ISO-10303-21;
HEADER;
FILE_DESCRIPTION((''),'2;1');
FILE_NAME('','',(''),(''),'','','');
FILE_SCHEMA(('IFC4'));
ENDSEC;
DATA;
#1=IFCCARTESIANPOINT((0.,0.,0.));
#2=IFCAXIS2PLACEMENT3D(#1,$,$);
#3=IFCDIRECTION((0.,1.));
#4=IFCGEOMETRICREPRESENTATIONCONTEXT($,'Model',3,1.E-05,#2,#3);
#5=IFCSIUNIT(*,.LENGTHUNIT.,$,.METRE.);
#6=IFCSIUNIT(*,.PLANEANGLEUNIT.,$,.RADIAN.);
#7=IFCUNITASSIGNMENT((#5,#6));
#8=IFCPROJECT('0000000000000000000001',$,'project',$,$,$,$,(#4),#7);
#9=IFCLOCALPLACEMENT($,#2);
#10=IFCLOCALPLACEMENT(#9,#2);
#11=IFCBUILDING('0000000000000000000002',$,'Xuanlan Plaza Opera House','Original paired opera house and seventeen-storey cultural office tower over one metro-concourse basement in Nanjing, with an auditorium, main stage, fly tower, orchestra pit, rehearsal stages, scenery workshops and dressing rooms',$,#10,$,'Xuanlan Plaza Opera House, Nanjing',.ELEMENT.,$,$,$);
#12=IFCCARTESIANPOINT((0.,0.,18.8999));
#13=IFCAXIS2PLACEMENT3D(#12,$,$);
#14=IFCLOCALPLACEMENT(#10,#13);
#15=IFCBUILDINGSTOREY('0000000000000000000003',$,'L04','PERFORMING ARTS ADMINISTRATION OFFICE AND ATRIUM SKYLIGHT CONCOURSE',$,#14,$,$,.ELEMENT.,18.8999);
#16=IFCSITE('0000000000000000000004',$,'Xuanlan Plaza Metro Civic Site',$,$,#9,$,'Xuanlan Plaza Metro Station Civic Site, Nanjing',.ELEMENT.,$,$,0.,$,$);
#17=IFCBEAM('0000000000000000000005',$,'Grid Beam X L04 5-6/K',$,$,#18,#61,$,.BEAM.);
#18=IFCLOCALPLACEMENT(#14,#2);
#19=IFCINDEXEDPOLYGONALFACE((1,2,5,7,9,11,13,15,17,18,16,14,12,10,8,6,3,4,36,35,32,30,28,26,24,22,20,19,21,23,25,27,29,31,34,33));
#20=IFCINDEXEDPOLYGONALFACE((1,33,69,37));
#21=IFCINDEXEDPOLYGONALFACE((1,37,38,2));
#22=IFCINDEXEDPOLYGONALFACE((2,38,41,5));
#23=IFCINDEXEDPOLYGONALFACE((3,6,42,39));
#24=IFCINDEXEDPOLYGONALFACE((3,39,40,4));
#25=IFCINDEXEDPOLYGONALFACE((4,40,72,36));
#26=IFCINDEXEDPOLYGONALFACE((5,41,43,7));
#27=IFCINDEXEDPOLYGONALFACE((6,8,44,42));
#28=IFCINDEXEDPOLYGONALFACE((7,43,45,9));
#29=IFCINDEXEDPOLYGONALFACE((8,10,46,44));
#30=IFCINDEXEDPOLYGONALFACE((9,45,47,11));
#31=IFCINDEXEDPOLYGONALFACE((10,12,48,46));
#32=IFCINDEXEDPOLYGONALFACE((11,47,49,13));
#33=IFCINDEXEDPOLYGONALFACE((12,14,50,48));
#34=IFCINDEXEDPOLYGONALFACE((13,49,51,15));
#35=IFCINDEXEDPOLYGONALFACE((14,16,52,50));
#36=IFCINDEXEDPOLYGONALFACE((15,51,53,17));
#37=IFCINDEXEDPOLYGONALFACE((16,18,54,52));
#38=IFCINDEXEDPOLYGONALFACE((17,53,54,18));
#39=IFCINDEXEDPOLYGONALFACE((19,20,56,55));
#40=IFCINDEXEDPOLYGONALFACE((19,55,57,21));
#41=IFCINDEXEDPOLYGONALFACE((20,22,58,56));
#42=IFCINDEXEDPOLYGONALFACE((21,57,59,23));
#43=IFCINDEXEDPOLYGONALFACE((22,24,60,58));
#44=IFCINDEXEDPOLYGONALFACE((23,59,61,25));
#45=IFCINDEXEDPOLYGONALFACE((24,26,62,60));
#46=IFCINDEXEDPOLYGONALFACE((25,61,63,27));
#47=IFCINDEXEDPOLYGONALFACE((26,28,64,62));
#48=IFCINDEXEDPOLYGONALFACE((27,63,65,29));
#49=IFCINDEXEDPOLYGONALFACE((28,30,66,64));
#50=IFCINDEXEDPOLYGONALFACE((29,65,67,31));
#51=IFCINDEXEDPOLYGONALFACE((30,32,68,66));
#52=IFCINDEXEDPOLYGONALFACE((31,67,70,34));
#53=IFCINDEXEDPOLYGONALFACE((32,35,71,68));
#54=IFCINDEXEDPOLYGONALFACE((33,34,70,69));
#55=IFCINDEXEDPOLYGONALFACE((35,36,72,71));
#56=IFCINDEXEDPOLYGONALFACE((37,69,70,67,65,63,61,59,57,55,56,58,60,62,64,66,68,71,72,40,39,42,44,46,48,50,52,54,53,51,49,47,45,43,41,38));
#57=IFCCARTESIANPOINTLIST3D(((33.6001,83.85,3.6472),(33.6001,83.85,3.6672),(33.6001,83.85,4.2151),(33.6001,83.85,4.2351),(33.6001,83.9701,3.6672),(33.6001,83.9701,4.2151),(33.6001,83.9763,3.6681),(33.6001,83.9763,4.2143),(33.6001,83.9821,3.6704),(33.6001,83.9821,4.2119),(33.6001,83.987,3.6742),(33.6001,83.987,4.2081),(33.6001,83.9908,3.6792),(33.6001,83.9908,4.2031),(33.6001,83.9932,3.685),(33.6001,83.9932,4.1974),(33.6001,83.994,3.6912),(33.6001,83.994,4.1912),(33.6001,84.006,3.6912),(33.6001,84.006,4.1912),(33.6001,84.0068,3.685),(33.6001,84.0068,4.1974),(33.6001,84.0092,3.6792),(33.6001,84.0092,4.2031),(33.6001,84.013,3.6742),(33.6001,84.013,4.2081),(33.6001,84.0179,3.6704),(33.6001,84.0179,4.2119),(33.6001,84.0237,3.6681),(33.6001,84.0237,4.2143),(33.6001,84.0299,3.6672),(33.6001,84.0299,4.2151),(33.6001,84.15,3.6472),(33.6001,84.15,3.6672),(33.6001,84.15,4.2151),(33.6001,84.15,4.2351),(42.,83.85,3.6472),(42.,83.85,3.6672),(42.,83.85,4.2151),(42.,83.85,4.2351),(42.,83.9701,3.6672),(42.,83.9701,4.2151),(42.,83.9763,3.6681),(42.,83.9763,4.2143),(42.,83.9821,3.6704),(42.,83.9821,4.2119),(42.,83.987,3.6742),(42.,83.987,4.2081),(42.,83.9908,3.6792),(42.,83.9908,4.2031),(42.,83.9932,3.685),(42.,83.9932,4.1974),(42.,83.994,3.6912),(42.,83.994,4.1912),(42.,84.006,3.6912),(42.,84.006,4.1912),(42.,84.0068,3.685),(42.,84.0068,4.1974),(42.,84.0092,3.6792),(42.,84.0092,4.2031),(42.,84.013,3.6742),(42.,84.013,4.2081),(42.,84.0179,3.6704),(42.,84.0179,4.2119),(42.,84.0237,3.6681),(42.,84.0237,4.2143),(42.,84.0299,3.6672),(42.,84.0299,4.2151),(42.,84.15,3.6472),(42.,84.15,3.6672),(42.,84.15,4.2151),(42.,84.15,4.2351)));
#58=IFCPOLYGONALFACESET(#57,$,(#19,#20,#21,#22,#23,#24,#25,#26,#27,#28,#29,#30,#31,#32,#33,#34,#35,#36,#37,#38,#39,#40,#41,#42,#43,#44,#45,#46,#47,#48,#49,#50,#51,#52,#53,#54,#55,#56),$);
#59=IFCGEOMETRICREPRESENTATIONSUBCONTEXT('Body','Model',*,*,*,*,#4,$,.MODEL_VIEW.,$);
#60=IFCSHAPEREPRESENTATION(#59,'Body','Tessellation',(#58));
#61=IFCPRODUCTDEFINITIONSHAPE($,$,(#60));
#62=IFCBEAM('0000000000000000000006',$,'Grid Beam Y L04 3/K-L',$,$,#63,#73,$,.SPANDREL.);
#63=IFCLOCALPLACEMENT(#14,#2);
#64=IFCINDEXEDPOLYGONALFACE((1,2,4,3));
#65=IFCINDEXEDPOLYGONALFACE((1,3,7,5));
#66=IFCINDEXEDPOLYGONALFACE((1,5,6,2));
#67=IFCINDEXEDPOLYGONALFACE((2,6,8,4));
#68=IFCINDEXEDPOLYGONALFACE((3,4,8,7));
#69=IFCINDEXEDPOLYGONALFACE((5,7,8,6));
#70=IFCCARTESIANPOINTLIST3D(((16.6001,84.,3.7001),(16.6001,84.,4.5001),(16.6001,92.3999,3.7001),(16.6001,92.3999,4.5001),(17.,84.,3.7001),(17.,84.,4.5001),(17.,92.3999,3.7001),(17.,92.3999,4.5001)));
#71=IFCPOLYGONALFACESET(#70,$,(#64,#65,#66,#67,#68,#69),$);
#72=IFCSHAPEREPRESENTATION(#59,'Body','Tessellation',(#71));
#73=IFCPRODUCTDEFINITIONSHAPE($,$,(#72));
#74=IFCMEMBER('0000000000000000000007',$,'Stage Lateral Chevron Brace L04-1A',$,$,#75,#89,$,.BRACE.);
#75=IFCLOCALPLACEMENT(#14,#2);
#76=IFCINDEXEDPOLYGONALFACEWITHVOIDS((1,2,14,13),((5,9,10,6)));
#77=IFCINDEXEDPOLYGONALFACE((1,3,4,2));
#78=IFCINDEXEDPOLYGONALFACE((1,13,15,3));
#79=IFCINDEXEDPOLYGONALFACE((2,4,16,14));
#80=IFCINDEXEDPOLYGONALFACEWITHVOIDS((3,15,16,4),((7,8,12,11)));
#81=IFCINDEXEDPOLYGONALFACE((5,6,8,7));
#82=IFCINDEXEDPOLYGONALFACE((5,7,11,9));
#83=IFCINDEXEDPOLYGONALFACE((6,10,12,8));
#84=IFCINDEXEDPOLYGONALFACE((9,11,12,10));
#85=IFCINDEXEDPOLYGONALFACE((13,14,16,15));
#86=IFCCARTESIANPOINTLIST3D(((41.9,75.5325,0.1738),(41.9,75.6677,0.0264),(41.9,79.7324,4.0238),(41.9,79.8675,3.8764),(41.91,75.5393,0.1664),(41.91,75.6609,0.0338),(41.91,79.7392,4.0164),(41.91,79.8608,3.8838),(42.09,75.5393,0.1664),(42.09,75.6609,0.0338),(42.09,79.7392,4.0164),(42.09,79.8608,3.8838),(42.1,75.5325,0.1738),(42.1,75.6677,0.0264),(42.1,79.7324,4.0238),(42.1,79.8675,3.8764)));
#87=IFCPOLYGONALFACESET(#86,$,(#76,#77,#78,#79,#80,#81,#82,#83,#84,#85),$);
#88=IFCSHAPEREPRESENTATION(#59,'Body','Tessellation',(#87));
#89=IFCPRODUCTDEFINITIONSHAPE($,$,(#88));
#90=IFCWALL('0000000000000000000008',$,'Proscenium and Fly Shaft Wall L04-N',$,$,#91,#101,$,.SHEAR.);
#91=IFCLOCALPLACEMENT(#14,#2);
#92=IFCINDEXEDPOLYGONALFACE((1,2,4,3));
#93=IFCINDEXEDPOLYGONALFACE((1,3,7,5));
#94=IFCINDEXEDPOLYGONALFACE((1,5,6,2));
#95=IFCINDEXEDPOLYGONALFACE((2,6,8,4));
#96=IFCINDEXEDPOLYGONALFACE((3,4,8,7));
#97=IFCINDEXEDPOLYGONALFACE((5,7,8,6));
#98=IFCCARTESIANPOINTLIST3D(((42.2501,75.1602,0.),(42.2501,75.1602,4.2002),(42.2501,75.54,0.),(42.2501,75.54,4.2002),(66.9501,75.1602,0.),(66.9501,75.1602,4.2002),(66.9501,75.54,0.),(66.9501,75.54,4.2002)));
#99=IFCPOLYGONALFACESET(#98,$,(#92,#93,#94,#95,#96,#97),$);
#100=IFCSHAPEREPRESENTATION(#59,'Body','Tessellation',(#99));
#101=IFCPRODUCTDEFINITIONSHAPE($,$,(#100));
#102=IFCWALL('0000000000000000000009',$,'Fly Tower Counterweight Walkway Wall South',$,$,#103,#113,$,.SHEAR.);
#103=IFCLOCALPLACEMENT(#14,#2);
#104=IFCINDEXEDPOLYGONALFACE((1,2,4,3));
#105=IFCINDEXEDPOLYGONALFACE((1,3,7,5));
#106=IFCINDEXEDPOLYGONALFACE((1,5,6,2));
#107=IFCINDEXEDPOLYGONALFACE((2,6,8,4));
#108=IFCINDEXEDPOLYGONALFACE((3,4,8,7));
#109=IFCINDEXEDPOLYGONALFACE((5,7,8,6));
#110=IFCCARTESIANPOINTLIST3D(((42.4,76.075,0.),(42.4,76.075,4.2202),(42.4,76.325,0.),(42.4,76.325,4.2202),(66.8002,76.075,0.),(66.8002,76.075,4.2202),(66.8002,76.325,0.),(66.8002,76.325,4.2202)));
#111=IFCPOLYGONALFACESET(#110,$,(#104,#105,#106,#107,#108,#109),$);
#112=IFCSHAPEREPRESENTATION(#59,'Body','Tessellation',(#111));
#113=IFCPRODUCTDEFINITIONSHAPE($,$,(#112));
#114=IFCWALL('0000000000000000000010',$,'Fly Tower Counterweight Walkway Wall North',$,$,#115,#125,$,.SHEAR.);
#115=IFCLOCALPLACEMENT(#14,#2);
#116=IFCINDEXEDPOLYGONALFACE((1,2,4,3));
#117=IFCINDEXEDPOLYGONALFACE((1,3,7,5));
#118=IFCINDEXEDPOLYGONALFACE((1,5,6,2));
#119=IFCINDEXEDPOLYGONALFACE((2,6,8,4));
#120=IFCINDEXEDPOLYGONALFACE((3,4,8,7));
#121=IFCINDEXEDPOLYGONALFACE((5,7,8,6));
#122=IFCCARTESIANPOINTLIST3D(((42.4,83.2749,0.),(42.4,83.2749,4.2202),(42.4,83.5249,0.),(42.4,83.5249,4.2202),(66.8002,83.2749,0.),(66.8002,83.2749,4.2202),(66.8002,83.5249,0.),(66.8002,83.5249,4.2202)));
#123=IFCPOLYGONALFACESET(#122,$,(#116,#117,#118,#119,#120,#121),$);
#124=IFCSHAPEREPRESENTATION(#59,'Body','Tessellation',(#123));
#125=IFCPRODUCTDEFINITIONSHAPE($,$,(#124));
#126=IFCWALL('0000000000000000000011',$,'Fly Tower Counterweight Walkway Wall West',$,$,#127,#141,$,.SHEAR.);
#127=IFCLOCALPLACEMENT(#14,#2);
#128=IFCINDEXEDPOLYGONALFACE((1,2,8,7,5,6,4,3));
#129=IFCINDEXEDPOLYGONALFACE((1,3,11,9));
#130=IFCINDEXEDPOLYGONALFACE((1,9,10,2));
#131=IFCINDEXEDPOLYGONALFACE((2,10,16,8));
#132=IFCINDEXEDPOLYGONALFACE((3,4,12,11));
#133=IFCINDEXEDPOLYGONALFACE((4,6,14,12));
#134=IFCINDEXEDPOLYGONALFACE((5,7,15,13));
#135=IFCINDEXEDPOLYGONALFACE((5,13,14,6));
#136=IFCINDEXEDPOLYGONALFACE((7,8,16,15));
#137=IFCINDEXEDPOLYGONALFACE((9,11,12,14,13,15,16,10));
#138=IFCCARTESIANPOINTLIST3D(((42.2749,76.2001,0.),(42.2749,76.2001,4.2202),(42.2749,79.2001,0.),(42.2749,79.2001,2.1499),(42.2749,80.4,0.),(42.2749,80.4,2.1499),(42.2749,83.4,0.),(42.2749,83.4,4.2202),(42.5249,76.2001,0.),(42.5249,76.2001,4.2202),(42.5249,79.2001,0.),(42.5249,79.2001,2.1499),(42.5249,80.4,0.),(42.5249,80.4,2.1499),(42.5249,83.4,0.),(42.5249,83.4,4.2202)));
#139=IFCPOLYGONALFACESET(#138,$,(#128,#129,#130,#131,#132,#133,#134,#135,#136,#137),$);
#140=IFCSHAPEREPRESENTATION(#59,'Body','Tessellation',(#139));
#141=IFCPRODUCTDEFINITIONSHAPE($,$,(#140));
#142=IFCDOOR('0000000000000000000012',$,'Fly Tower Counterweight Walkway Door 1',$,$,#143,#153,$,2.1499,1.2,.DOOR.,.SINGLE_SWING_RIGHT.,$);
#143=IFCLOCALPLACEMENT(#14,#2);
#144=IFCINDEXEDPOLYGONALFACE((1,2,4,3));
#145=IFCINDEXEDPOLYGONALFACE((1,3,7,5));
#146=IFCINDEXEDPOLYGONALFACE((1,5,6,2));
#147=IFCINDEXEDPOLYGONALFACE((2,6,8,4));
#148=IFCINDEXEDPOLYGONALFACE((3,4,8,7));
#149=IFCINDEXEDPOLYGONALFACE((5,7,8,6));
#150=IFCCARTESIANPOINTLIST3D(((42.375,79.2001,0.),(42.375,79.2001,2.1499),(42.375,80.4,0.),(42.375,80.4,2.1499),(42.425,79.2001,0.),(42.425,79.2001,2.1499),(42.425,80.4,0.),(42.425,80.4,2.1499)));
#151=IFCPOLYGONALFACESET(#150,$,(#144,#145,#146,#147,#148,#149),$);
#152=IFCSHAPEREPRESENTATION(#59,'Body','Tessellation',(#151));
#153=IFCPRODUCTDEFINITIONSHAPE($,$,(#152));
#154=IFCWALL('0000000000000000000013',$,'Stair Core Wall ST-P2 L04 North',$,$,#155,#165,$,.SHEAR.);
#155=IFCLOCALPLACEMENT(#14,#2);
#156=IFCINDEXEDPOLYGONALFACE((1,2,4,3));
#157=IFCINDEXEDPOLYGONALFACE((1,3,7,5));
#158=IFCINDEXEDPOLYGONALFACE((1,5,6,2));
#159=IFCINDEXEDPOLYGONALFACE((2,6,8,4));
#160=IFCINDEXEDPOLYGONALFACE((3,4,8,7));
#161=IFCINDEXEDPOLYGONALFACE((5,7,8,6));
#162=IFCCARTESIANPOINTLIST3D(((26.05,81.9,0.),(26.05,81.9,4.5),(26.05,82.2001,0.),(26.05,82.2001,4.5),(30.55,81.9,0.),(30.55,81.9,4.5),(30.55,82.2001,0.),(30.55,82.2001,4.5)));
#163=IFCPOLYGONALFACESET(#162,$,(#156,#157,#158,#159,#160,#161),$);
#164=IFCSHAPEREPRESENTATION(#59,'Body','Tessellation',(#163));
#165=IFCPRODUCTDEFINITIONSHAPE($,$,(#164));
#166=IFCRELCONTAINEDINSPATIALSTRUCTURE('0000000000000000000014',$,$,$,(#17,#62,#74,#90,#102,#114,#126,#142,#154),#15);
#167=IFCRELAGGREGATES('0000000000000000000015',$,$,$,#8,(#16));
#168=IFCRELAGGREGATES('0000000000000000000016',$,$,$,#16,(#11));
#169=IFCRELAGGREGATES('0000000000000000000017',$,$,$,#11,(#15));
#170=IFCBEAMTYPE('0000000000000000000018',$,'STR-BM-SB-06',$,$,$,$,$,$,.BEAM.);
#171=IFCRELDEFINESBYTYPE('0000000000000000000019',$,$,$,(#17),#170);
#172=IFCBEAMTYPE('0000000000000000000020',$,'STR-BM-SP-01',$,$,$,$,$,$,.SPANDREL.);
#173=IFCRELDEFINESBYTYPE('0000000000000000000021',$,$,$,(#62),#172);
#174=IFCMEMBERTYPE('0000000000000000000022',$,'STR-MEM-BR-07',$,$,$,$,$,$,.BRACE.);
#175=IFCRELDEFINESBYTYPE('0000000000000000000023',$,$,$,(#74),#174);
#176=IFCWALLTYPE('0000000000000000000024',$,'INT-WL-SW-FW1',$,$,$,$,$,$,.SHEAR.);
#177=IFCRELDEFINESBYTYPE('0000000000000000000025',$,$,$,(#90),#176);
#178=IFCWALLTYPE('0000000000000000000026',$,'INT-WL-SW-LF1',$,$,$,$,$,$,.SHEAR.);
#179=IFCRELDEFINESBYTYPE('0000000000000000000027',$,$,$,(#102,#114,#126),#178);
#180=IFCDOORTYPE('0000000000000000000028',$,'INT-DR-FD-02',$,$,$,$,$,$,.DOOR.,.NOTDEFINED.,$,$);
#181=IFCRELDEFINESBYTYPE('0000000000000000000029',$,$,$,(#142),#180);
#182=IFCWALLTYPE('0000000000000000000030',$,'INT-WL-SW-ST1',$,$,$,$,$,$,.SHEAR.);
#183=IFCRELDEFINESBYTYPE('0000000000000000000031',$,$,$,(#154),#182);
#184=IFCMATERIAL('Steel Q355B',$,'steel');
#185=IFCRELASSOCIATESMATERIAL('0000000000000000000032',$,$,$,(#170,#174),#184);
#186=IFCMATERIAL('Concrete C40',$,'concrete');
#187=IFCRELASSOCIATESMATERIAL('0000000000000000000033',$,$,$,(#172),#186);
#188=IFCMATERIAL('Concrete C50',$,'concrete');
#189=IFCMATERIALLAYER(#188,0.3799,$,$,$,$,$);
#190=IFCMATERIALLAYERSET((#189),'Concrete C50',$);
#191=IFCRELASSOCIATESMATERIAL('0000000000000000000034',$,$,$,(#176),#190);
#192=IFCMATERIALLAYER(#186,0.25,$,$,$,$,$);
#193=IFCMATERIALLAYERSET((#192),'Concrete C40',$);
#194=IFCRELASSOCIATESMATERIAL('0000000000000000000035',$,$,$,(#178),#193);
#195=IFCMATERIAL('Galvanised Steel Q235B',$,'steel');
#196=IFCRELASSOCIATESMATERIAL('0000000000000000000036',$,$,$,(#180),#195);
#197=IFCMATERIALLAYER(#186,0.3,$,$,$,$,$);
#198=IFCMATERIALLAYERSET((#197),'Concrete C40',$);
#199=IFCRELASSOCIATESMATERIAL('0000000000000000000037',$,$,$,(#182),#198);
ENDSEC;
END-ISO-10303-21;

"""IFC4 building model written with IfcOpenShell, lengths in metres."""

from ifc_helpers import new_model, si_unit, direction, frame, frame_2d, origin, origin_2d, place, context, subcontext, project, spatial, rectangle, hollow_rectangle, i_section, extrude, material, layer, layer_set, material_profile, profile_set, type_object, element, fill, save


model = new_model("IFC4")

# Units and contexts
model_context = context("Model", 3, precision=1e-05, world=origin(), true_north=direction((0.0, 1.0)))
body_context = subcontext(model_context, "Body", "Model", "MODEL_VIEW")
ifc_project = project(units=[si_unit("LENGTHUNIT", "METRE"), si_unit("PLANEANGLEUNIT", "RADIAN")], contexts=[model_context])

# Site, building, storey
site_placement = place(None, origin())
site = spatial("IfcSite", under=ifc_project, at=site_placement, Name="Xuanlan Plaza Metro Civic Site", LongName="Xuanlan Plaza Metro Station Civic Site, Nanjing", CompositionType="ELEMENT", RefElevation=0.0)
building_placement = place(site_placement, origin())
building = spatial("IfcBuilding", under=site, at=building_placement, Name="Xuanlan Plaza Opera House", Description="Original paired opera house and seventeen-storey cultural office tower over one metro-concourse basement in Nanjing, with an auditorium, main stage, fly tower, orchestra pit, rehearsal stages, scenery workshops and dressing rooms", LongName="Xuanlan Plaza Opera House, Nanjing", CompositionType="ELEMENT")
storey_placement = place(building_placement, frame((0.0, 0.0, 18.8999)))
storey = spatial("IfcBuildingStorey", under=building, at=storey_placement, Name="L04", Description="PERFORMING ARTS ADMINISTRATION OFFICE AND ATRIUM SKYLIGHT CONCOURSE", CompositionType="ELEMENT", Elevation=18.8999)

# Shared definitions
ifc_material_1 = material(Name="Concrete C40", Category="concrete")

# Beams
ifc_material_2 = material(Name="Concrete C50", Category="concrete")
ifc_material_3 = material(Name="Steel Q355B", Category="steel")
ifc_material_profile_1 = material_profile(ifc_material_3, i_section(OverallWidth=0.3, OverallDepth=0.5879, WebThickness=0.012, FlangeThickness=0.02, FilletRadius=0.0239, at=origin_2d()), Name="HM 588x300x12x20")
ifc_profile_set_1 = profile_set([ifc_material_profile_1], Name="Steel Q355B")
beam_type_1 = type_object("IfcBeamType", Name="STR-BM-SB-06", PredefinedType="BEAM", material=ifc_profile_set_1)
for number, where, z_axis, x_axis, name in (
    (1, (33.6001, 84.0, 3.9412), (1.0, 0.0, 0.0), (0.0, 1.0, 0.0), "Grid Beam X L04 5-6/K"),
):
    element("IfcBeam", number, at=place(storey_placement, frame(where, z_axis=z_axis, x_axis=x_axis)), inside=storey, type_object=beam_type_1, Name=name, PredefinedType="BEAM", context=body_context, shape_type="SweptSolid", body=[
        extrude(i_section(OverallWidth=0.3, OverallDepth=0.5879, WebThickness=0.012, FlangeThickness=0.02, FilletRadius=0.0239, at=origin_2d()), origin(), (0.0, 0.0, 1.0), 8.3999),
    ])
ifc_material_profile_2 = material_profile(ifc_material_1, rectangle(XDim=0.3999, YDim=0.8, at=origin_2d()), Name="RC-SPD 400x800")
ifc_profile_set_2 = profile_set([ifc_material_profile_2], Name="Concrete C40")
beam_type_2 = type_object("IfcBeamType", Name="STR-BM-SP-01", PredefinedType="SPANDREL", material=ifc_profile_set_2)
beam_1_placement = place(storey_placement, frame((16.8, 84.0, 4.1001), z_axis=(0.0, 1.0, 0.0), x_axis=(-1.0, 0.0, 0.0)))
element("IfcBeam", 2, at=beam_1_placement, inside=storey, type_object=beam_type_2, Name="Grid Beam Y L04 3/K-L", PredefinedType="SPANDREL", context=body_context, shape_type="SweptSolid", body=[
    extrude(rectangle(XDim=0.3999, YDim=0.8, at=origin_2d()), origin(), (0.0, 0.0, 1.0), 8.3999),
])

# Member
ifc_material_profile_3 = material_profile(ifc_material_3, hollow_rectangle(XDim=0.2, YDim=0.2, WallThickness=0.01, at=origin_2d()), Name="SHS 200x200x10")
ifc_profile_set_3 = profile_set([ifc_material_profile_3], Name="Steel Q355B")
member_type = type_object("IfcMemberType", Name="STR-MEM-BR-07", PredefinedType="BRACE", material=ifc_profile_set_3)
member_placement = place(storey_placement, frame((42.0, 75.6001, 0.1001), z_axis=(0.0, 0.737142, 0.675738), x_axis=(-1.0, 0.0, 0.0)))
element("IfcMember", 3, at=member_placement, inside=storey, type_object=member_type, Name="Stage Lateral Chevron Brace L04-1A", PredefinedType="BRACE", context=body_context, shape_type="SweptSolid", body=[
    extrude(hollow_rectangle(XDim=0.2, YDim=0.2, WallThickness=0.01, at=origin_2d()), origin(), (0.0, 0.0, 1.0), 5.6975),
])

# Walls
ifc_layer_1 = layer(ifc_material_2, 0.3799)
ifc_layer_set_1 = layer_set([ifc_layer_1], Name="Concrete C50")
wall_type_1 = type_object("IfcWallType", Name="INT-WL-SW-FW1", PredefinedType="SHEAR", material=ifc_layer_set_1)
wall_1_placement = place(storey_placement, frame((42.25, 75.3501, 0.0), z_axis=(0.0, 0.0, 1.0), x_axis=(1.0, 0.0, 0.0)))
element("IfcWall", 4, at=wall_1_placement, inside=storey, type_object=wall_type_1, Name="Proscenium and Fly Shaft Wall L04-N", PredefinedType="SHEAR", context=body_context, shape_type="SweptSolid", body=[
    extrude(rectangle(XDim=24.7, YDim=0.3799, at=frame_2d((12.3501, 0.0))), origin(), (0.0, 0.0, 1.0), 4.2002),
])
ifc_layer_2 = layer(ifc_material_1, 0.25)
ifc_layer_set_2 = layer_set([ifc_layer_2], Name="Concrete C40")
wall_type_2 = type_object("IfcWallType", Name="INT-WL-SW-LF1", PredefinedType="SHEAR", material=ifc_layer_set_2)
for number, where, z_axis, x_axis, name in (
    (5, (42.3999, 76.2, 0.0), (0.0, 0.0, 1.0), (1.0, 0.0, 0.0), "Fly Tower Counterweight Walkway Wall South"),
    (6, (42.3999, 83.3999, 0.0), (0.0, 0.0, 1.0), (1.0, 0.0, 0.0), "Fly Tower Counterweight Walkway Wall North"),
):
    element("IfcWall", number, at=place(storey_placement, frame(where, z_axis=z_axis, x_axis=x_axis)), inside=storey, type_object=wall_type_2, Name=name, PredefinedType="SHEAR", context=body_context, shape_type="SweptSolid", body=[
        extrude(rectangle(XDim=24.4001, YDim=0.25, at=frame_2d((12.2002, 0.0))), origin(), (0.0, 0.0, 1.0), 4.2202),
    ])

# Wall, opening, door
wall_2_placement = place(storey_placement, frame((42.3999, 76.2, 0.0), z_axis=(0.0, 0.0, 1.0), x_axis=(0.0, 1.0, 0.0)))
wall_2 = element("IfcWall", 7, at=wall_2_placement, inside=storey, type_object=wall_type_2, Name="Fly Tower Counterweight Walkway Wall West", PredefinedType="SHEAR", context=body_context, shape_type="SweptSolid", body=[
    extrude(rectangle(XDim=7.2, YDim=0.25, at=frame_2d((3.6001, 0.0))), origin(), (0.0, 0.0, 1.0), 4.2202),
])
opening_placement = place(wall_2_placement, frame((3.0, 0.0, 0.0)))
opening = element("IfcOpeningElement", 8, at=opening_placement, cuts=wall_2, PredefinedType="OPENING", context=body_context, shape_type="SweptSolid", body=[
    extrude(rectangle(XDim=1.2, YDim=2.1499, at=frame_2d((0.6001, 1.075))), frame((0.0, 0.135, 0.0), z_axis=(0.0, -1.0, 0.0), x_axis=(1.0, 0.0, 0.0)), (0.0, 0.0, 1.0), 0.27),
])
ifc_material_4 = material(Name="Galvanised Steel Q235B", Category="steel")
door_type = type_object("IfcDoorType", Name="INT-DR-FD-02", OperationType="NOTDEFINED", PredefinedType="DOOR", material=ifc_material_4)
door_placement = place(opening_placement, origin())
door = element("IfcDoor", 9, at=door_placement, inside=storey, type_object=door_type, Name="Fly Tower Counterweight Walkway Door 1", OperationType="SINGLE_SWING_RIGHT", OverallHeight=2.1499, OverallWidth=1.2, PredefinedType="DOOR", context=body_context, shape_type="SweptSolid", body=[
    extrude(rectangle(XDim=1.2, YDim=2.1499, at=frame_2d((0.6001, 1.075))), frame((0.0, 0.0249, 0.0), z_axis=(0.0, -1.0, 0.0), x_axis=(1.0, 0.0, 0.0)), (0.0, 0.0, 1.0), 0.05),
])
fill(opening, door)

# Wall
ifc_layer_3 = layer(ifc_material_1, 0.3)
ifc_layer_set_3 = layer_set([ifc_layer_3], Name="Concrete C40")
wall_type_3 = type_object("IfcWallType", Name="INT-WL-SW-ST1", PredefinedType="SHEAR", material=ifc_layer_set_3)
wall_3_placement = place(storey_placement, frame((26.05, 82.05, 0.0), z_axis=(0.0, 0.0, 1.0), x_axis=(1.0, 0.0, 0.0)))
element("IfcWall", 10, at=wall_3_placement, inside=storey, type_object=wall_type_3, Name="Stair Core Wall ST-P2 L04 North", PredefinedType="SHEAR", context=body_context, shape_type="SweptSolid", body=[
    extrude(rectangle(XDim=4.5, YDim=0.3, at=frame_2d((2.25, 0.0))), origin(), (0.0, 0.0, 1.0), 4.5),
])

save(model, "model.ifc")
